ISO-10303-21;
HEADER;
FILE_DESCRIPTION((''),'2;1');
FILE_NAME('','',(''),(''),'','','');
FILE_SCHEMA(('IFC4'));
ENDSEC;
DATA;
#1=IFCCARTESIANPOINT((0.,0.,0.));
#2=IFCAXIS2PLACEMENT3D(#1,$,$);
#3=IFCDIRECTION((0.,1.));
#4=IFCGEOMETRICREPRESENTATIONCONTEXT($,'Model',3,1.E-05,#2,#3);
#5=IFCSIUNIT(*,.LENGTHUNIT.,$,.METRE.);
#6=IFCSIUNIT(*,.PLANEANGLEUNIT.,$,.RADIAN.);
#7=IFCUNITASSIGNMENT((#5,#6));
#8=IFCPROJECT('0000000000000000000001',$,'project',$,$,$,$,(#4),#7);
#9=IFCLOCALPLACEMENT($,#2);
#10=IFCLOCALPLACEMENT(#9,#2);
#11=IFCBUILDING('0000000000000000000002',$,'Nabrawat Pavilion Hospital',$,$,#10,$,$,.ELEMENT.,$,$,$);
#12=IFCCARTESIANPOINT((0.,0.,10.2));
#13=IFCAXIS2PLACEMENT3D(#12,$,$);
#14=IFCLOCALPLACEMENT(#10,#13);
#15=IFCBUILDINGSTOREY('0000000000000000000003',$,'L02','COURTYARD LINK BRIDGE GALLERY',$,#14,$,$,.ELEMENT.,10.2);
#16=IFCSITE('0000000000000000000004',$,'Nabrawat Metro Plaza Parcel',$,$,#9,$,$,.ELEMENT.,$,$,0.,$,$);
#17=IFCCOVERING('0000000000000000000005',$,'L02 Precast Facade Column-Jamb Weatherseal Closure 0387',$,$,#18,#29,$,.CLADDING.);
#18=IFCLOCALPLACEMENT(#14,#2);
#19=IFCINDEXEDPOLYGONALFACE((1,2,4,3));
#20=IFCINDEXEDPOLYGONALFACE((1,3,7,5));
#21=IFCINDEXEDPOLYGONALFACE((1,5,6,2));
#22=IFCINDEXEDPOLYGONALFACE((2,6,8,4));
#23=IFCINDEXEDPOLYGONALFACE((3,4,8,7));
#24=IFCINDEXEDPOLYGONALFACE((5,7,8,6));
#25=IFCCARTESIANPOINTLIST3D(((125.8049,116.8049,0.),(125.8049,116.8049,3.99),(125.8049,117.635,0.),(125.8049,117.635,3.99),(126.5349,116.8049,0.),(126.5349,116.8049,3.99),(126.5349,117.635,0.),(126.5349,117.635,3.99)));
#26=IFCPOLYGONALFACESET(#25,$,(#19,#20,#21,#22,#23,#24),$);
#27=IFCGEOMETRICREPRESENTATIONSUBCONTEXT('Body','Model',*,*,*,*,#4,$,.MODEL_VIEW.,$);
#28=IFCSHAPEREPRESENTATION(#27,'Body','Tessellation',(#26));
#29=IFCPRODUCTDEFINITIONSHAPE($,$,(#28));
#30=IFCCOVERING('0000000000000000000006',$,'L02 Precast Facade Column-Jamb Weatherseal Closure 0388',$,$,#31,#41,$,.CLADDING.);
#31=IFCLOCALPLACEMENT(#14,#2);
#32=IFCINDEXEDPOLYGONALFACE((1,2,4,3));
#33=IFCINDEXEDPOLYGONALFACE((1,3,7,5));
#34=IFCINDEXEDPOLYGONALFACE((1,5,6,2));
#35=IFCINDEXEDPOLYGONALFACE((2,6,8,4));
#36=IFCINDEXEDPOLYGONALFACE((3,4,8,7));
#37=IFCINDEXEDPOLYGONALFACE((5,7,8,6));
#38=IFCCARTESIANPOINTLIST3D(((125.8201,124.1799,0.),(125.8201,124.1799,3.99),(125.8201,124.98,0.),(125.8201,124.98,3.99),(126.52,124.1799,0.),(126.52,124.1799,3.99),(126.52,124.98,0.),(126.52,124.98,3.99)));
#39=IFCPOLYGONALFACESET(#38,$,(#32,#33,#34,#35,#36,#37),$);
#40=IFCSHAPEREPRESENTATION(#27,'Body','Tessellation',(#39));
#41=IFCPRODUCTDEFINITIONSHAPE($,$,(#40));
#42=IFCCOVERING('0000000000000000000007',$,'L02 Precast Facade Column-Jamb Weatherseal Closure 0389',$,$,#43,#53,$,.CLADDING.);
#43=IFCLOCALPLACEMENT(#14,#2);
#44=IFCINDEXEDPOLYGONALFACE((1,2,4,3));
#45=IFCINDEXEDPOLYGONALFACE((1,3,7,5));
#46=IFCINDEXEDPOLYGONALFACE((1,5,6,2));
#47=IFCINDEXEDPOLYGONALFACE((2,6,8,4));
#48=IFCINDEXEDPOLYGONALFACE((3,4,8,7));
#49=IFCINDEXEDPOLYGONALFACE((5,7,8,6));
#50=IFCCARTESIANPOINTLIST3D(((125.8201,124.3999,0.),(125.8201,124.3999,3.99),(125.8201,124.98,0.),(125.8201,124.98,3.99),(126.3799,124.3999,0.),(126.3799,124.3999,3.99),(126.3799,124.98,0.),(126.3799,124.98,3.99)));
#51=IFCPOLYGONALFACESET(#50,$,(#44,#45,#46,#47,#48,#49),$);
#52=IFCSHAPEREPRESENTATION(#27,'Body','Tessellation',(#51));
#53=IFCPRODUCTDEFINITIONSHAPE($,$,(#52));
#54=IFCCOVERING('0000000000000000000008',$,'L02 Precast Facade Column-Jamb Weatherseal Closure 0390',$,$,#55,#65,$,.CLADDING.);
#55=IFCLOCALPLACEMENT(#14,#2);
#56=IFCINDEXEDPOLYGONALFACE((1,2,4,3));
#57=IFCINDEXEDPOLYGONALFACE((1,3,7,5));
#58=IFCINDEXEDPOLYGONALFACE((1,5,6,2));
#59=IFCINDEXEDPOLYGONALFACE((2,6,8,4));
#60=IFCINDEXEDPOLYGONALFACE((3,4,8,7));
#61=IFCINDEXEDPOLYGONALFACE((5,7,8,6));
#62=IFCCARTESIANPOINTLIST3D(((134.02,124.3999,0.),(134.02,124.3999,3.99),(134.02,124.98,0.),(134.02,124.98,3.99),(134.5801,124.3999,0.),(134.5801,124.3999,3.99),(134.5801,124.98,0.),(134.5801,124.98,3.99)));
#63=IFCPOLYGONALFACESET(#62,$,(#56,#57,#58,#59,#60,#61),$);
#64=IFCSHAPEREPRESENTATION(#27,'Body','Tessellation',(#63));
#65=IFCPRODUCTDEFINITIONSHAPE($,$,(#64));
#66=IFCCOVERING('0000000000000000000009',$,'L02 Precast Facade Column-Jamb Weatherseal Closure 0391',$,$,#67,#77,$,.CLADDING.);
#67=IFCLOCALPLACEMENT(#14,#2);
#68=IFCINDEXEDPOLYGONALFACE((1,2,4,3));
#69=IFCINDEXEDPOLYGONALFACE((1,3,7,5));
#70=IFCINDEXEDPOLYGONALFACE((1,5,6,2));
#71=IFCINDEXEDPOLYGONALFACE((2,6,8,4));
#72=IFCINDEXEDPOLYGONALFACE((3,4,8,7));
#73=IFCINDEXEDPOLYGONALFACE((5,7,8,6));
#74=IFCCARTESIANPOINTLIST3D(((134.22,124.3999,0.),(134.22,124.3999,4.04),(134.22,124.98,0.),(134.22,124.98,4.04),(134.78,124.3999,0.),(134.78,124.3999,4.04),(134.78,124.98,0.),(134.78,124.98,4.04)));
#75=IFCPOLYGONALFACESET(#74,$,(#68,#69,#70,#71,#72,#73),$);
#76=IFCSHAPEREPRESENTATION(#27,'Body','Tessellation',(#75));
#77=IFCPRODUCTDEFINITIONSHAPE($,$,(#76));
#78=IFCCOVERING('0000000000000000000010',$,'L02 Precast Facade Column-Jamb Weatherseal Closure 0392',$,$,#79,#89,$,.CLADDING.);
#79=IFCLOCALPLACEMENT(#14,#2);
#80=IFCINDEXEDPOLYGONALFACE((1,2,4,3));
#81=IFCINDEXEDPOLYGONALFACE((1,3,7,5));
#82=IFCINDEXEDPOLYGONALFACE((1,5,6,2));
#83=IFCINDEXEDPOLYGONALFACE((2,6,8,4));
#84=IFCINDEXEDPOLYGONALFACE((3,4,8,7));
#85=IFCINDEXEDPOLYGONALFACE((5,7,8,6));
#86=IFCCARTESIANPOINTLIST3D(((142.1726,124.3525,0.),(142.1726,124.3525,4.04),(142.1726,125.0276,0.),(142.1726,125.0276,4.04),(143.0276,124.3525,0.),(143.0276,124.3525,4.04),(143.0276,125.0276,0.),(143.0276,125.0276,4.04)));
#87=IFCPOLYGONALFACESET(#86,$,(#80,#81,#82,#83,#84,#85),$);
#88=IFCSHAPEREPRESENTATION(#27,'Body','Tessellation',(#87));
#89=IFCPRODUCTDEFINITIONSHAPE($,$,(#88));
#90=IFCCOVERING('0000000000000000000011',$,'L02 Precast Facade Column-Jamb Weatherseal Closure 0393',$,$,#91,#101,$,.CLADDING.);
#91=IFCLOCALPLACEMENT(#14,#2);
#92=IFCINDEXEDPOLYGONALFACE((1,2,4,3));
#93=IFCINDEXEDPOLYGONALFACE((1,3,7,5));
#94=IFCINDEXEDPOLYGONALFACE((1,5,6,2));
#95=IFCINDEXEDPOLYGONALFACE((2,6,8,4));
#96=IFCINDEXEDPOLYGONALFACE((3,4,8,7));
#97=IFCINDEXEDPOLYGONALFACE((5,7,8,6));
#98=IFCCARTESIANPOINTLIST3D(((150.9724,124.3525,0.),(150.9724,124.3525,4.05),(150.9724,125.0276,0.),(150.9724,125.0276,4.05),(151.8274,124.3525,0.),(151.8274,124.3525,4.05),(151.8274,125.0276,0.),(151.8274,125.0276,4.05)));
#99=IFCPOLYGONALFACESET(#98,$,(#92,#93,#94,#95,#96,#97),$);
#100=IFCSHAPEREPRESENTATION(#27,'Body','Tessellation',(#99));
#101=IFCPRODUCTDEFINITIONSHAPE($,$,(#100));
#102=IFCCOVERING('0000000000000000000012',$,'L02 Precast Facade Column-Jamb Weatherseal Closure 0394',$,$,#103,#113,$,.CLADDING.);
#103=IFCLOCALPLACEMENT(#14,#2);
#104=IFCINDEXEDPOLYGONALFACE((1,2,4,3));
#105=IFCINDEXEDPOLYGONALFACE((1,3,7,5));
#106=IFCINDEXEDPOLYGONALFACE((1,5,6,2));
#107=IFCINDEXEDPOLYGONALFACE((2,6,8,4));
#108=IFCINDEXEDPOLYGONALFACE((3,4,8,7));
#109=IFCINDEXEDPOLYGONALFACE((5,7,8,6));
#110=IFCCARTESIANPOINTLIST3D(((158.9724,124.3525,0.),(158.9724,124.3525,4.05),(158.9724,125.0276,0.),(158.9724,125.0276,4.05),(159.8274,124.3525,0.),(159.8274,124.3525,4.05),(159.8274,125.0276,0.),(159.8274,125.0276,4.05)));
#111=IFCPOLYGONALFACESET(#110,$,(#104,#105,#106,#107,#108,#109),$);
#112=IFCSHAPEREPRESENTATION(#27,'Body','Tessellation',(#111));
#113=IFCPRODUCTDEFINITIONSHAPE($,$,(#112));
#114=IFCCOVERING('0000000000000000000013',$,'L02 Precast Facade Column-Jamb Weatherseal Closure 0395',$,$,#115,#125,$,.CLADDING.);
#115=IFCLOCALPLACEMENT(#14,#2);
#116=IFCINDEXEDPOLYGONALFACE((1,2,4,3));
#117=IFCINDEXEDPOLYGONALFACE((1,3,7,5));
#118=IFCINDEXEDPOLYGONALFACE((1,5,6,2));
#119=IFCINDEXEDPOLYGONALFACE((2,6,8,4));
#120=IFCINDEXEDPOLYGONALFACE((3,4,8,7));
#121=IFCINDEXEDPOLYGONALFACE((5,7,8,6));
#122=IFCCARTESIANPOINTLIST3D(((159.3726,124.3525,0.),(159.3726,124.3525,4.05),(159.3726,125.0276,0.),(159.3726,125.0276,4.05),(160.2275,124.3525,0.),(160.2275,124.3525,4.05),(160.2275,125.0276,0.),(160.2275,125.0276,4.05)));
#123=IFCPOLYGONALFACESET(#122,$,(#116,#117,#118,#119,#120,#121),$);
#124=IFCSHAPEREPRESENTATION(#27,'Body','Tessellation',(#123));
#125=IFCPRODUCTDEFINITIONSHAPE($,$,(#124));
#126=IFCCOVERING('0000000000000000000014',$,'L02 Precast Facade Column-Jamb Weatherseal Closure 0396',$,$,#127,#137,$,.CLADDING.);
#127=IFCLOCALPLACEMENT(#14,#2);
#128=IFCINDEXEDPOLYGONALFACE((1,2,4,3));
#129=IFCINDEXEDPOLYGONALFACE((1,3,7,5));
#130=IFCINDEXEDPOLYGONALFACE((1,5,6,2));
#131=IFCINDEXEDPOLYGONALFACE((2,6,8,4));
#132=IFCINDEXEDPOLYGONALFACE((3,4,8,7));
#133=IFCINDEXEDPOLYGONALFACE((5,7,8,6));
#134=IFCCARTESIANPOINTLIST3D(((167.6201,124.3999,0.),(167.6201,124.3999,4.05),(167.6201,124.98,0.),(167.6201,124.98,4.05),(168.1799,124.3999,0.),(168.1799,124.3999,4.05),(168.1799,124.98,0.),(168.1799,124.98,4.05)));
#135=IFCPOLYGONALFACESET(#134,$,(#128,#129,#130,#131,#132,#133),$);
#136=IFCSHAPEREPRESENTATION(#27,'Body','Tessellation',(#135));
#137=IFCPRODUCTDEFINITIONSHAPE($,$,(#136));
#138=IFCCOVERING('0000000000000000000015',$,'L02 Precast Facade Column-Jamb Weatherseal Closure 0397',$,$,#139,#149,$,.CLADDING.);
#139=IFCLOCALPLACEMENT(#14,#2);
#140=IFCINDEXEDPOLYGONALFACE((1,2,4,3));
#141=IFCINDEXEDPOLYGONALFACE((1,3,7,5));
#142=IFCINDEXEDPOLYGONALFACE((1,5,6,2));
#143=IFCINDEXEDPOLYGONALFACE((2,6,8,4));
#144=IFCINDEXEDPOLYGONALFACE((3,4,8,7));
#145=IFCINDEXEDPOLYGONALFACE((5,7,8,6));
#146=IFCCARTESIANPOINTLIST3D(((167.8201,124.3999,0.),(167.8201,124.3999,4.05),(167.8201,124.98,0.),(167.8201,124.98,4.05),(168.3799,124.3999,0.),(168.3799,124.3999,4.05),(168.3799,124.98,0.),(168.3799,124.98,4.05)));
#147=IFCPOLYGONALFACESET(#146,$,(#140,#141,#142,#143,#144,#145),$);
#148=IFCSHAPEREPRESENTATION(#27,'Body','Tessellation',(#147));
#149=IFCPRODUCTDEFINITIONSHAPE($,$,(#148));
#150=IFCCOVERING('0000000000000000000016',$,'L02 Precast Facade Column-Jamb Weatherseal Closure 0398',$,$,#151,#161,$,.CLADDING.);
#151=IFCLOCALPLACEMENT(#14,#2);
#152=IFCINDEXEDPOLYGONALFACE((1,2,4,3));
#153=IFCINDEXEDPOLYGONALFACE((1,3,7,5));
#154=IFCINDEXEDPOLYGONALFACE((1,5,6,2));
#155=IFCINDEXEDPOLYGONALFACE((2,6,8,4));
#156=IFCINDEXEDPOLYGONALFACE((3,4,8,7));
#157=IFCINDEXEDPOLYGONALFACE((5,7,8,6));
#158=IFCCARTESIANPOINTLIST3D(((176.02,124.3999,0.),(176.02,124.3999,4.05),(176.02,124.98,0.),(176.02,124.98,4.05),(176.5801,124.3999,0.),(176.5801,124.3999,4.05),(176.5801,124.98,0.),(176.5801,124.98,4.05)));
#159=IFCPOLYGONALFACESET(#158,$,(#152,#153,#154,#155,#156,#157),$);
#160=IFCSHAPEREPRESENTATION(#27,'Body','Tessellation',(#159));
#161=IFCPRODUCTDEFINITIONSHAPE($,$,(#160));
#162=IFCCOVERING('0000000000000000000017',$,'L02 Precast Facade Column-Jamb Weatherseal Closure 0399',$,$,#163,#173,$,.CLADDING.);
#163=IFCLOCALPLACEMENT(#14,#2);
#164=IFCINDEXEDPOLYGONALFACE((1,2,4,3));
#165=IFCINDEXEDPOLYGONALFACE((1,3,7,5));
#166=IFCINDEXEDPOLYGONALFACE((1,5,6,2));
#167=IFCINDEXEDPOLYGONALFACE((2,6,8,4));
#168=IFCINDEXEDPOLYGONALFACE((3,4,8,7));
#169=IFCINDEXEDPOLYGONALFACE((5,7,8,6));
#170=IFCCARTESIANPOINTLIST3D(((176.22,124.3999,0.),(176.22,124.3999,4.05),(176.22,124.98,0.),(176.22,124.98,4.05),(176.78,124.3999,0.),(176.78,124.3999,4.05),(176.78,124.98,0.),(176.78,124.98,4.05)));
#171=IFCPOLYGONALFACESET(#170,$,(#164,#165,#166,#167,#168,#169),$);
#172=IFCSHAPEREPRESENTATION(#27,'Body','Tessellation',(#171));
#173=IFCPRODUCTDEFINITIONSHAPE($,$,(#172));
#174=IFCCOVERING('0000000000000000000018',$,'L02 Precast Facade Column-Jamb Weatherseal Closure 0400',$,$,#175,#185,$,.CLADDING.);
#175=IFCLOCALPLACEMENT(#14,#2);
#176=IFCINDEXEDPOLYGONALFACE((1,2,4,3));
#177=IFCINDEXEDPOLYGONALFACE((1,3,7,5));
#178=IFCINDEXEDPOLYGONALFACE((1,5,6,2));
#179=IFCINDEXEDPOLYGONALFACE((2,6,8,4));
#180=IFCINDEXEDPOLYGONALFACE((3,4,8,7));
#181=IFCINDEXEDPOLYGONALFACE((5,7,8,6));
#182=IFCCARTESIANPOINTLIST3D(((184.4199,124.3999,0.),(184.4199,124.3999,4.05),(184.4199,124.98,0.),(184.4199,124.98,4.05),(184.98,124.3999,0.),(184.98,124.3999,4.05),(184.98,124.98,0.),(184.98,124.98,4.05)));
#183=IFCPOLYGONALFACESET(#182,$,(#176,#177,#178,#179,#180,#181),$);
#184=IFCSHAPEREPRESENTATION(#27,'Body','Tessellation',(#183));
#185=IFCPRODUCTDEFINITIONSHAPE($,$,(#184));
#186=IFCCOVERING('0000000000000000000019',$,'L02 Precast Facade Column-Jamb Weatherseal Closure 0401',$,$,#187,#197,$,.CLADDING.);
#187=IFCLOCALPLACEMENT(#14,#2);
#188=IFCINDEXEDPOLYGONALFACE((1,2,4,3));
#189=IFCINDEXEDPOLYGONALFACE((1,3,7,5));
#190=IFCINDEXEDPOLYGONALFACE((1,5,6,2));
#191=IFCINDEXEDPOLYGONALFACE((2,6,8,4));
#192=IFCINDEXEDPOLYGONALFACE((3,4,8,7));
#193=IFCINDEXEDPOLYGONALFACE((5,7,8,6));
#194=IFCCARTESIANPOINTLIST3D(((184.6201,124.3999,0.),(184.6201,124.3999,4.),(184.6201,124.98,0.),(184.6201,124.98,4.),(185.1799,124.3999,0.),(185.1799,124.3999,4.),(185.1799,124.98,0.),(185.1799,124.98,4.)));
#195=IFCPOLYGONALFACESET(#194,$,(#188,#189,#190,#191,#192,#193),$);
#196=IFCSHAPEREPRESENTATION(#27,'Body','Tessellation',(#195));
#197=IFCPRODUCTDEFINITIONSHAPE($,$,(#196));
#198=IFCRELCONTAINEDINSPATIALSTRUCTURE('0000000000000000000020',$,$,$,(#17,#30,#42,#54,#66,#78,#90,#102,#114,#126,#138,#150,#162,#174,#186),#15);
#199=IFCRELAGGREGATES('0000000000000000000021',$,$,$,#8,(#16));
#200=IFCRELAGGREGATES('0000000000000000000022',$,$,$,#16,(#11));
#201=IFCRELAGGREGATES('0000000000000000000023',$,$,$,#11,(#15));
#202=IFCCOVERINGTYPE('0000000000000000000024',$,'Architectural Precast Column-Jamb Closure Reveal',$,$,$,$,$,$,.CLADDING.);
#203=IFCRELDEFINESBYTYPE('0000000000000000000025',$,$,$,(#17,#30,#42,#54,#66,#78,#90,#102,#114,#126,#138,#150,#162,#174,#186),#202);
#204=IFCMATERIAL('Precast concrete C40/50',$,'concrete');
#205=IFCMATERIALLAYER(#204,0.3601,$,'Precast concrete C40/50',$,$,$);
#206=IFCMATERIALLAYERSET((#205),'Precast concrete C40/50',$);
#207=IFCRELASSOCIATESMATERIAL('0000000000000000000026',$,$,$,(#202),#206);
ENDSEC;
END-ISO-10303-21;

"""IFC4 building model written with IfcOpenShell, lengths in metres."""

from ifc_helpers import new_model, si_unit, direction, frame, origin, place, context, subcontext, project, spatial, polyline, outline, extrude, material, layer, layer_set, type_object, element, save


model = new_model("IFC4")

# Units and contexts
model_context = context("Model", 3, precision=1e-05, world=origin(), true_north=direction((0.0, 1.0)))
body_context = subcontext(model_context, "Body", "Model", "MODEL_VIEW")
ifc_project = project(units=[si_unit("LENGTHUNIT", "METRE"), si_unit("PLANEANGLEUNIT", "RADIAN")], contexts=[model_context])

# Site, building, storey
site_placement = place(None, origin())
site = spatial("IfcSite", under=ifc_project, at=site_placement, Name="Nabrawat Metro Plaza Parcel", CompositionType="ELEMENT", RefElevation=0.0)
building_placement = place(site_placement, origin())
building = spatial("IfcBuilding", under=site, at=building_placement, Name="Nabrawat Pavilion Hospital", CompositionType="ELEMENT")
storey_placement = place(building_placement, frame((0.0, 0.0, 10.2)))
storey = spatial("IfcBuildingStorey", under=building, at=storey_placement, Name="L02", Description="COURTYARD LINK BRIDGE GALLERY", CompositionType="ELEMENT", Elevation=10.2)

# Shared definitions
ifc_material_1 = material(Name="Precast concrete C40/50", Category="concrete")

# Coverings
ifc_layer_1 = layer(ifc_material_1, 0.3601, Name="Precast concrete C40/50")
ifc_layer_set_1 = layer_set([ifc_layer_1], Name="Precast concrete C40/50")
covering_type = type_object("IfcCoveringType", Name="Architectural Precast Column-Jamb Closure Reveal", PredefinedType="CLADDING", material=ifc_layer_set_1)
covering_1_placement = place(storey_placement, origin())
element("IfcCovering", 1, at=covering_1_placement, inside=storey, type_object=covering_type, Name="L02 Precast Facade Column-Jamb Weatherseal Closure 0387", PredefinedType="CLADDING", context=body_context, shape_type="SweptSolid", body=[
    extrude(outline(polyline([(126.5349, 116.8049), (126.5349, 117.635), (125.8049, 117.635), (125.8049, 116.8049), (126.5349, 116.8049)])), origin(), (0.0, 0.0, 1.0), 3.99),
])
covering_2_placement = place(storey_placement, origin())
element("IfcCovering", 2, at=covering_2_placement, inside=storey, type_object=covering_type, Name="L02 Precast Facade Column-Jamb Weatherseal Closure 0388", PredefinedType="CLADDING", context=body_context, shape_type="SweptSolid", body=[
    extrude(outline(polyline([(126.52, 124.1799), (126.52, 124.98), (125.8201, 124.98), (125.8201, 124.1799), (126.52, 124.1799)])), origin(), (0.0, 0.0, 1.0), 3.99),
])
covering_3_placement = place(storey_placement, origin())
element("IfcCovering", 3, at=covering_3_placement, inside=storey, type_object=covering_type, Name="L02 Precast Facade Column-Jamb Weatherseal Closure 0389", PredefinedType="CLADDING", context=body_context, shape_type="SweptSolid", body=[
    extrude(outline(polyline([(126.3799, 124.3999), (126.3799, 124.98), (125.8201, 124.98), (125.8201, 124.3999), (126.3799, 124.3999)])), origin(), (0.0, 0.0, 1.0), 3.99),
])
covering_4_placement = place(storey_placement, origin())
element("IfcCovering", 4, at=covering_4_placement, inside=storey, type_object=covering_type, Name="L02 Precast Facade Column-Jamb Weatherseal Closure 0390", PredefinedType="CLADDING", context=body_context, shape_type="SweptSolid", body=[
    extrude(outline(polyline([(134.5801, 124.3999), (134.5801, 124.98), (134.02, 124.98), (134.02, 124.3999), (134.5801, 124.3999)])), origin(), (0.0, 0.0, 1.0), 3.99),
])
covering_5_placement = place(storey_placement, origin())
element("IfcCovering", 5, at=covering_5_placement, inside=storey, type_object=covering_type, Name="L02 Precast Facade Column-Jamb Weatherseal Closure 0391", PredefinedType="CLADDING", context=body_context, shape_type="SweptSolid", body=[
    extrude(outline(polyline([(134.78, 124.3999), (134.78, 124.98), (134.22, 124.98), (134.22, 124.3999), (134.78, 124.3999)])), origin(), (0.0, 0.0, 1.0), 4.04),
])
covering_6_placement = place(storey_placement, origin())
element("IfcCovering", 6, at=covering_6_placement, inside=storey, type_object=covering_type, Name="L02 Precast Facade Column-Jamb Weatherseal Closure 0392", PredefinedType="CLADDING", context=body_context, shape_type="SweptSolid", body=[
    extrude(outline(polyline([(143.0276, 124.3525), (143.0276, 125.0276), (142.1726, 125.0276), (142.1726, 124.3525), (143.0276, 124.3525)])), origin(), (0.0, 0.0, 1.0), 4.04),
])
covering_7_placement = place(storey_placement, origin())
element("IfcCovering", 7, at=covering_7_placement, inside=storey, type_object=covering_type, Name="L02 Precast Facade Column-Jamb Weatherseal Closure 0393", PredefinedType="CLADDING", context=body_context, shape_type="SweptSolid", body=[
    extrude(outline(polyline([(151.8274, 124.3525), (151.8274, 125.0276), (150.9724, 125.0276), (150.9724, 124.3525), (151.8274, 124.3525)])), origin(), (0.0, 0.0, 1.0), 4.05),
])
covering_8_placement = place(storey_placement, origin())
element("IfcCovering", 8, at=covering_8_placement, inside=storey, type_object=covering_type, Name="L02 Precast Facade Column-Jamb Weatherseal Closure 0394", PredefinedType="CLADDING", context=body_context, shape_type="SweptSolid", body=[
    extrude(outline(polyline([(159.8274, 124.3525), (159.8274, 125.0276), (158.9724, 125.0276), (158.9724, 124.3525), (159.8274, 124.3525)])), origin(), (0.0, 0.0, 1.0), 4.05),
])
covering_9_placement = place(storey_placement, origin())
element("IfcCovering", 9, at=covering_9_placement, inside=storey, type_object=covering_type, Name="L02 Precast Facade Column-Jamb Weatherseal Closure 0395", PredefinedType="CLADDING", context=body_context, shape_type="SweptSolid", body=[
    extrude(outline(polyline([(160.2275, 124.3525), (160.2275, 125.0276), (159.3726, 125.0276), (159.3726, 124.3525), (160.2275, 124.3525)])), origin(), (0.0, 0.0, 1.0), 4.05),
])
covering_10_placement = place(storey_placement, origin())
element("IfcCovering", 10, at=covering_10_placement, inside=storey, type_object=covering_type, Name="L02 Precast Facade Column-Jamb Weatherseal Closure 0396", PredefinedType="CLADDING", context=body_context, shape_type="SweptSolid", body=[
    extrude(outline(polyline([(168.1799, 124.3999), (168.1799, 124.98), (167.6201, 124.98), (167.6201, 124.3999), (168.1799, 124.3999)])), origin(), (0.0, 0.0, 1.0), 4.05),
])
covering_11_placement = place(storey_placement, origin())
element("IfcCovering", 11, at=covering_11_placement, inside=storey, type_object=covering_type, Name="L02 Precast Facade Column-Jamb Weatherseal Closure 0397", PredefinedType="CLADDING", context=body_context, shape_type="SweptSolid", body=[
    extrude(outline(polyline([(168.3799, 124.3999), (168.3799, 124.98), (167.8201, 124.98), (167.8201, 124.3999), (168.3799, 124.3999)])), origin(), (0.0, 0.0, 1.0), 4.05),
])
covering_12_placement = place(storey_placement, origin())
element("IfcCovering", 12, at=covering_12_placement, inside=storey, type_object=covering_type, Name="L02 Precast Facade Column-Jamb Weatherseal Closure 0398", PredefinedType="CLADDING", context=body_context, shape_type="SweptSolid", body=[
    extrude(outline(polyline([(176.5801, 124.3999), (176.5801, 124.98), (176.02, 124.98), (176.02, 124.3999), (176.5801, 124.3999)])), origin(), (0.0, 0.0, 1.0), 4.05),
])
covering_13_placement = place(storey_placement, origin())
element("IfcCovering", 13, at=covering_13_placement, inside=storey, type_object=covering_type, Name="L02 Precast Facade Column-Jamb Weatherseal Closure 0399", PredefinedType="CLADDING", context=body_context, shape_type="SweptSolid", body=[
    extrude(outline(polyline([(176.78, 124.3999), (176.78, 124.98), (176.22, 124.98), (176.22, 124.3999), (176.78, 124.3999)])), origin(), (0.0, 0.0, 1.0), 4.05),
])
covering_14_placement = place(storey_placement, origin())
element("IfcCovering", 14, at=covering_14_placement, inside=storey, type_object=covering_type, Name="L02 Precast Facade Column-Jamb Weatherseal Closure 0400", PredefinedType="CLADDING", context=body_context, shape_type="SweptSolid", body=[
    extrude(outline(polyline([(184.98, 124.3999), (184.98, 124.98), (184.4199, 124.98), (184.4199, 124.3999), (184.98, 124.3999)])), origin(), (0.0, 0.0, 1.0), 4.05),
])
covering_15_placement = place(storey_placement, origin())
element("IfcCovering", 15, at=covering_15_placement, inside=storey, type_object=covering_type, Name="L02 Precast Facade Column-Jamb Weatherseal Closure 0401", PredefinedType="CLADDING", context=body_context, shape_type="SweptSolid", body=[
    extrude(outline(polyline([(185.1799, 124.3999), (185.1799, 124.98), (184.6201, 124.98), (184.6201, 124.3999), (185.1799, 124.3999)])), origin(), (0.0, 0.0, 1.0), 4.0),
])

save(model, "model.ifc")
